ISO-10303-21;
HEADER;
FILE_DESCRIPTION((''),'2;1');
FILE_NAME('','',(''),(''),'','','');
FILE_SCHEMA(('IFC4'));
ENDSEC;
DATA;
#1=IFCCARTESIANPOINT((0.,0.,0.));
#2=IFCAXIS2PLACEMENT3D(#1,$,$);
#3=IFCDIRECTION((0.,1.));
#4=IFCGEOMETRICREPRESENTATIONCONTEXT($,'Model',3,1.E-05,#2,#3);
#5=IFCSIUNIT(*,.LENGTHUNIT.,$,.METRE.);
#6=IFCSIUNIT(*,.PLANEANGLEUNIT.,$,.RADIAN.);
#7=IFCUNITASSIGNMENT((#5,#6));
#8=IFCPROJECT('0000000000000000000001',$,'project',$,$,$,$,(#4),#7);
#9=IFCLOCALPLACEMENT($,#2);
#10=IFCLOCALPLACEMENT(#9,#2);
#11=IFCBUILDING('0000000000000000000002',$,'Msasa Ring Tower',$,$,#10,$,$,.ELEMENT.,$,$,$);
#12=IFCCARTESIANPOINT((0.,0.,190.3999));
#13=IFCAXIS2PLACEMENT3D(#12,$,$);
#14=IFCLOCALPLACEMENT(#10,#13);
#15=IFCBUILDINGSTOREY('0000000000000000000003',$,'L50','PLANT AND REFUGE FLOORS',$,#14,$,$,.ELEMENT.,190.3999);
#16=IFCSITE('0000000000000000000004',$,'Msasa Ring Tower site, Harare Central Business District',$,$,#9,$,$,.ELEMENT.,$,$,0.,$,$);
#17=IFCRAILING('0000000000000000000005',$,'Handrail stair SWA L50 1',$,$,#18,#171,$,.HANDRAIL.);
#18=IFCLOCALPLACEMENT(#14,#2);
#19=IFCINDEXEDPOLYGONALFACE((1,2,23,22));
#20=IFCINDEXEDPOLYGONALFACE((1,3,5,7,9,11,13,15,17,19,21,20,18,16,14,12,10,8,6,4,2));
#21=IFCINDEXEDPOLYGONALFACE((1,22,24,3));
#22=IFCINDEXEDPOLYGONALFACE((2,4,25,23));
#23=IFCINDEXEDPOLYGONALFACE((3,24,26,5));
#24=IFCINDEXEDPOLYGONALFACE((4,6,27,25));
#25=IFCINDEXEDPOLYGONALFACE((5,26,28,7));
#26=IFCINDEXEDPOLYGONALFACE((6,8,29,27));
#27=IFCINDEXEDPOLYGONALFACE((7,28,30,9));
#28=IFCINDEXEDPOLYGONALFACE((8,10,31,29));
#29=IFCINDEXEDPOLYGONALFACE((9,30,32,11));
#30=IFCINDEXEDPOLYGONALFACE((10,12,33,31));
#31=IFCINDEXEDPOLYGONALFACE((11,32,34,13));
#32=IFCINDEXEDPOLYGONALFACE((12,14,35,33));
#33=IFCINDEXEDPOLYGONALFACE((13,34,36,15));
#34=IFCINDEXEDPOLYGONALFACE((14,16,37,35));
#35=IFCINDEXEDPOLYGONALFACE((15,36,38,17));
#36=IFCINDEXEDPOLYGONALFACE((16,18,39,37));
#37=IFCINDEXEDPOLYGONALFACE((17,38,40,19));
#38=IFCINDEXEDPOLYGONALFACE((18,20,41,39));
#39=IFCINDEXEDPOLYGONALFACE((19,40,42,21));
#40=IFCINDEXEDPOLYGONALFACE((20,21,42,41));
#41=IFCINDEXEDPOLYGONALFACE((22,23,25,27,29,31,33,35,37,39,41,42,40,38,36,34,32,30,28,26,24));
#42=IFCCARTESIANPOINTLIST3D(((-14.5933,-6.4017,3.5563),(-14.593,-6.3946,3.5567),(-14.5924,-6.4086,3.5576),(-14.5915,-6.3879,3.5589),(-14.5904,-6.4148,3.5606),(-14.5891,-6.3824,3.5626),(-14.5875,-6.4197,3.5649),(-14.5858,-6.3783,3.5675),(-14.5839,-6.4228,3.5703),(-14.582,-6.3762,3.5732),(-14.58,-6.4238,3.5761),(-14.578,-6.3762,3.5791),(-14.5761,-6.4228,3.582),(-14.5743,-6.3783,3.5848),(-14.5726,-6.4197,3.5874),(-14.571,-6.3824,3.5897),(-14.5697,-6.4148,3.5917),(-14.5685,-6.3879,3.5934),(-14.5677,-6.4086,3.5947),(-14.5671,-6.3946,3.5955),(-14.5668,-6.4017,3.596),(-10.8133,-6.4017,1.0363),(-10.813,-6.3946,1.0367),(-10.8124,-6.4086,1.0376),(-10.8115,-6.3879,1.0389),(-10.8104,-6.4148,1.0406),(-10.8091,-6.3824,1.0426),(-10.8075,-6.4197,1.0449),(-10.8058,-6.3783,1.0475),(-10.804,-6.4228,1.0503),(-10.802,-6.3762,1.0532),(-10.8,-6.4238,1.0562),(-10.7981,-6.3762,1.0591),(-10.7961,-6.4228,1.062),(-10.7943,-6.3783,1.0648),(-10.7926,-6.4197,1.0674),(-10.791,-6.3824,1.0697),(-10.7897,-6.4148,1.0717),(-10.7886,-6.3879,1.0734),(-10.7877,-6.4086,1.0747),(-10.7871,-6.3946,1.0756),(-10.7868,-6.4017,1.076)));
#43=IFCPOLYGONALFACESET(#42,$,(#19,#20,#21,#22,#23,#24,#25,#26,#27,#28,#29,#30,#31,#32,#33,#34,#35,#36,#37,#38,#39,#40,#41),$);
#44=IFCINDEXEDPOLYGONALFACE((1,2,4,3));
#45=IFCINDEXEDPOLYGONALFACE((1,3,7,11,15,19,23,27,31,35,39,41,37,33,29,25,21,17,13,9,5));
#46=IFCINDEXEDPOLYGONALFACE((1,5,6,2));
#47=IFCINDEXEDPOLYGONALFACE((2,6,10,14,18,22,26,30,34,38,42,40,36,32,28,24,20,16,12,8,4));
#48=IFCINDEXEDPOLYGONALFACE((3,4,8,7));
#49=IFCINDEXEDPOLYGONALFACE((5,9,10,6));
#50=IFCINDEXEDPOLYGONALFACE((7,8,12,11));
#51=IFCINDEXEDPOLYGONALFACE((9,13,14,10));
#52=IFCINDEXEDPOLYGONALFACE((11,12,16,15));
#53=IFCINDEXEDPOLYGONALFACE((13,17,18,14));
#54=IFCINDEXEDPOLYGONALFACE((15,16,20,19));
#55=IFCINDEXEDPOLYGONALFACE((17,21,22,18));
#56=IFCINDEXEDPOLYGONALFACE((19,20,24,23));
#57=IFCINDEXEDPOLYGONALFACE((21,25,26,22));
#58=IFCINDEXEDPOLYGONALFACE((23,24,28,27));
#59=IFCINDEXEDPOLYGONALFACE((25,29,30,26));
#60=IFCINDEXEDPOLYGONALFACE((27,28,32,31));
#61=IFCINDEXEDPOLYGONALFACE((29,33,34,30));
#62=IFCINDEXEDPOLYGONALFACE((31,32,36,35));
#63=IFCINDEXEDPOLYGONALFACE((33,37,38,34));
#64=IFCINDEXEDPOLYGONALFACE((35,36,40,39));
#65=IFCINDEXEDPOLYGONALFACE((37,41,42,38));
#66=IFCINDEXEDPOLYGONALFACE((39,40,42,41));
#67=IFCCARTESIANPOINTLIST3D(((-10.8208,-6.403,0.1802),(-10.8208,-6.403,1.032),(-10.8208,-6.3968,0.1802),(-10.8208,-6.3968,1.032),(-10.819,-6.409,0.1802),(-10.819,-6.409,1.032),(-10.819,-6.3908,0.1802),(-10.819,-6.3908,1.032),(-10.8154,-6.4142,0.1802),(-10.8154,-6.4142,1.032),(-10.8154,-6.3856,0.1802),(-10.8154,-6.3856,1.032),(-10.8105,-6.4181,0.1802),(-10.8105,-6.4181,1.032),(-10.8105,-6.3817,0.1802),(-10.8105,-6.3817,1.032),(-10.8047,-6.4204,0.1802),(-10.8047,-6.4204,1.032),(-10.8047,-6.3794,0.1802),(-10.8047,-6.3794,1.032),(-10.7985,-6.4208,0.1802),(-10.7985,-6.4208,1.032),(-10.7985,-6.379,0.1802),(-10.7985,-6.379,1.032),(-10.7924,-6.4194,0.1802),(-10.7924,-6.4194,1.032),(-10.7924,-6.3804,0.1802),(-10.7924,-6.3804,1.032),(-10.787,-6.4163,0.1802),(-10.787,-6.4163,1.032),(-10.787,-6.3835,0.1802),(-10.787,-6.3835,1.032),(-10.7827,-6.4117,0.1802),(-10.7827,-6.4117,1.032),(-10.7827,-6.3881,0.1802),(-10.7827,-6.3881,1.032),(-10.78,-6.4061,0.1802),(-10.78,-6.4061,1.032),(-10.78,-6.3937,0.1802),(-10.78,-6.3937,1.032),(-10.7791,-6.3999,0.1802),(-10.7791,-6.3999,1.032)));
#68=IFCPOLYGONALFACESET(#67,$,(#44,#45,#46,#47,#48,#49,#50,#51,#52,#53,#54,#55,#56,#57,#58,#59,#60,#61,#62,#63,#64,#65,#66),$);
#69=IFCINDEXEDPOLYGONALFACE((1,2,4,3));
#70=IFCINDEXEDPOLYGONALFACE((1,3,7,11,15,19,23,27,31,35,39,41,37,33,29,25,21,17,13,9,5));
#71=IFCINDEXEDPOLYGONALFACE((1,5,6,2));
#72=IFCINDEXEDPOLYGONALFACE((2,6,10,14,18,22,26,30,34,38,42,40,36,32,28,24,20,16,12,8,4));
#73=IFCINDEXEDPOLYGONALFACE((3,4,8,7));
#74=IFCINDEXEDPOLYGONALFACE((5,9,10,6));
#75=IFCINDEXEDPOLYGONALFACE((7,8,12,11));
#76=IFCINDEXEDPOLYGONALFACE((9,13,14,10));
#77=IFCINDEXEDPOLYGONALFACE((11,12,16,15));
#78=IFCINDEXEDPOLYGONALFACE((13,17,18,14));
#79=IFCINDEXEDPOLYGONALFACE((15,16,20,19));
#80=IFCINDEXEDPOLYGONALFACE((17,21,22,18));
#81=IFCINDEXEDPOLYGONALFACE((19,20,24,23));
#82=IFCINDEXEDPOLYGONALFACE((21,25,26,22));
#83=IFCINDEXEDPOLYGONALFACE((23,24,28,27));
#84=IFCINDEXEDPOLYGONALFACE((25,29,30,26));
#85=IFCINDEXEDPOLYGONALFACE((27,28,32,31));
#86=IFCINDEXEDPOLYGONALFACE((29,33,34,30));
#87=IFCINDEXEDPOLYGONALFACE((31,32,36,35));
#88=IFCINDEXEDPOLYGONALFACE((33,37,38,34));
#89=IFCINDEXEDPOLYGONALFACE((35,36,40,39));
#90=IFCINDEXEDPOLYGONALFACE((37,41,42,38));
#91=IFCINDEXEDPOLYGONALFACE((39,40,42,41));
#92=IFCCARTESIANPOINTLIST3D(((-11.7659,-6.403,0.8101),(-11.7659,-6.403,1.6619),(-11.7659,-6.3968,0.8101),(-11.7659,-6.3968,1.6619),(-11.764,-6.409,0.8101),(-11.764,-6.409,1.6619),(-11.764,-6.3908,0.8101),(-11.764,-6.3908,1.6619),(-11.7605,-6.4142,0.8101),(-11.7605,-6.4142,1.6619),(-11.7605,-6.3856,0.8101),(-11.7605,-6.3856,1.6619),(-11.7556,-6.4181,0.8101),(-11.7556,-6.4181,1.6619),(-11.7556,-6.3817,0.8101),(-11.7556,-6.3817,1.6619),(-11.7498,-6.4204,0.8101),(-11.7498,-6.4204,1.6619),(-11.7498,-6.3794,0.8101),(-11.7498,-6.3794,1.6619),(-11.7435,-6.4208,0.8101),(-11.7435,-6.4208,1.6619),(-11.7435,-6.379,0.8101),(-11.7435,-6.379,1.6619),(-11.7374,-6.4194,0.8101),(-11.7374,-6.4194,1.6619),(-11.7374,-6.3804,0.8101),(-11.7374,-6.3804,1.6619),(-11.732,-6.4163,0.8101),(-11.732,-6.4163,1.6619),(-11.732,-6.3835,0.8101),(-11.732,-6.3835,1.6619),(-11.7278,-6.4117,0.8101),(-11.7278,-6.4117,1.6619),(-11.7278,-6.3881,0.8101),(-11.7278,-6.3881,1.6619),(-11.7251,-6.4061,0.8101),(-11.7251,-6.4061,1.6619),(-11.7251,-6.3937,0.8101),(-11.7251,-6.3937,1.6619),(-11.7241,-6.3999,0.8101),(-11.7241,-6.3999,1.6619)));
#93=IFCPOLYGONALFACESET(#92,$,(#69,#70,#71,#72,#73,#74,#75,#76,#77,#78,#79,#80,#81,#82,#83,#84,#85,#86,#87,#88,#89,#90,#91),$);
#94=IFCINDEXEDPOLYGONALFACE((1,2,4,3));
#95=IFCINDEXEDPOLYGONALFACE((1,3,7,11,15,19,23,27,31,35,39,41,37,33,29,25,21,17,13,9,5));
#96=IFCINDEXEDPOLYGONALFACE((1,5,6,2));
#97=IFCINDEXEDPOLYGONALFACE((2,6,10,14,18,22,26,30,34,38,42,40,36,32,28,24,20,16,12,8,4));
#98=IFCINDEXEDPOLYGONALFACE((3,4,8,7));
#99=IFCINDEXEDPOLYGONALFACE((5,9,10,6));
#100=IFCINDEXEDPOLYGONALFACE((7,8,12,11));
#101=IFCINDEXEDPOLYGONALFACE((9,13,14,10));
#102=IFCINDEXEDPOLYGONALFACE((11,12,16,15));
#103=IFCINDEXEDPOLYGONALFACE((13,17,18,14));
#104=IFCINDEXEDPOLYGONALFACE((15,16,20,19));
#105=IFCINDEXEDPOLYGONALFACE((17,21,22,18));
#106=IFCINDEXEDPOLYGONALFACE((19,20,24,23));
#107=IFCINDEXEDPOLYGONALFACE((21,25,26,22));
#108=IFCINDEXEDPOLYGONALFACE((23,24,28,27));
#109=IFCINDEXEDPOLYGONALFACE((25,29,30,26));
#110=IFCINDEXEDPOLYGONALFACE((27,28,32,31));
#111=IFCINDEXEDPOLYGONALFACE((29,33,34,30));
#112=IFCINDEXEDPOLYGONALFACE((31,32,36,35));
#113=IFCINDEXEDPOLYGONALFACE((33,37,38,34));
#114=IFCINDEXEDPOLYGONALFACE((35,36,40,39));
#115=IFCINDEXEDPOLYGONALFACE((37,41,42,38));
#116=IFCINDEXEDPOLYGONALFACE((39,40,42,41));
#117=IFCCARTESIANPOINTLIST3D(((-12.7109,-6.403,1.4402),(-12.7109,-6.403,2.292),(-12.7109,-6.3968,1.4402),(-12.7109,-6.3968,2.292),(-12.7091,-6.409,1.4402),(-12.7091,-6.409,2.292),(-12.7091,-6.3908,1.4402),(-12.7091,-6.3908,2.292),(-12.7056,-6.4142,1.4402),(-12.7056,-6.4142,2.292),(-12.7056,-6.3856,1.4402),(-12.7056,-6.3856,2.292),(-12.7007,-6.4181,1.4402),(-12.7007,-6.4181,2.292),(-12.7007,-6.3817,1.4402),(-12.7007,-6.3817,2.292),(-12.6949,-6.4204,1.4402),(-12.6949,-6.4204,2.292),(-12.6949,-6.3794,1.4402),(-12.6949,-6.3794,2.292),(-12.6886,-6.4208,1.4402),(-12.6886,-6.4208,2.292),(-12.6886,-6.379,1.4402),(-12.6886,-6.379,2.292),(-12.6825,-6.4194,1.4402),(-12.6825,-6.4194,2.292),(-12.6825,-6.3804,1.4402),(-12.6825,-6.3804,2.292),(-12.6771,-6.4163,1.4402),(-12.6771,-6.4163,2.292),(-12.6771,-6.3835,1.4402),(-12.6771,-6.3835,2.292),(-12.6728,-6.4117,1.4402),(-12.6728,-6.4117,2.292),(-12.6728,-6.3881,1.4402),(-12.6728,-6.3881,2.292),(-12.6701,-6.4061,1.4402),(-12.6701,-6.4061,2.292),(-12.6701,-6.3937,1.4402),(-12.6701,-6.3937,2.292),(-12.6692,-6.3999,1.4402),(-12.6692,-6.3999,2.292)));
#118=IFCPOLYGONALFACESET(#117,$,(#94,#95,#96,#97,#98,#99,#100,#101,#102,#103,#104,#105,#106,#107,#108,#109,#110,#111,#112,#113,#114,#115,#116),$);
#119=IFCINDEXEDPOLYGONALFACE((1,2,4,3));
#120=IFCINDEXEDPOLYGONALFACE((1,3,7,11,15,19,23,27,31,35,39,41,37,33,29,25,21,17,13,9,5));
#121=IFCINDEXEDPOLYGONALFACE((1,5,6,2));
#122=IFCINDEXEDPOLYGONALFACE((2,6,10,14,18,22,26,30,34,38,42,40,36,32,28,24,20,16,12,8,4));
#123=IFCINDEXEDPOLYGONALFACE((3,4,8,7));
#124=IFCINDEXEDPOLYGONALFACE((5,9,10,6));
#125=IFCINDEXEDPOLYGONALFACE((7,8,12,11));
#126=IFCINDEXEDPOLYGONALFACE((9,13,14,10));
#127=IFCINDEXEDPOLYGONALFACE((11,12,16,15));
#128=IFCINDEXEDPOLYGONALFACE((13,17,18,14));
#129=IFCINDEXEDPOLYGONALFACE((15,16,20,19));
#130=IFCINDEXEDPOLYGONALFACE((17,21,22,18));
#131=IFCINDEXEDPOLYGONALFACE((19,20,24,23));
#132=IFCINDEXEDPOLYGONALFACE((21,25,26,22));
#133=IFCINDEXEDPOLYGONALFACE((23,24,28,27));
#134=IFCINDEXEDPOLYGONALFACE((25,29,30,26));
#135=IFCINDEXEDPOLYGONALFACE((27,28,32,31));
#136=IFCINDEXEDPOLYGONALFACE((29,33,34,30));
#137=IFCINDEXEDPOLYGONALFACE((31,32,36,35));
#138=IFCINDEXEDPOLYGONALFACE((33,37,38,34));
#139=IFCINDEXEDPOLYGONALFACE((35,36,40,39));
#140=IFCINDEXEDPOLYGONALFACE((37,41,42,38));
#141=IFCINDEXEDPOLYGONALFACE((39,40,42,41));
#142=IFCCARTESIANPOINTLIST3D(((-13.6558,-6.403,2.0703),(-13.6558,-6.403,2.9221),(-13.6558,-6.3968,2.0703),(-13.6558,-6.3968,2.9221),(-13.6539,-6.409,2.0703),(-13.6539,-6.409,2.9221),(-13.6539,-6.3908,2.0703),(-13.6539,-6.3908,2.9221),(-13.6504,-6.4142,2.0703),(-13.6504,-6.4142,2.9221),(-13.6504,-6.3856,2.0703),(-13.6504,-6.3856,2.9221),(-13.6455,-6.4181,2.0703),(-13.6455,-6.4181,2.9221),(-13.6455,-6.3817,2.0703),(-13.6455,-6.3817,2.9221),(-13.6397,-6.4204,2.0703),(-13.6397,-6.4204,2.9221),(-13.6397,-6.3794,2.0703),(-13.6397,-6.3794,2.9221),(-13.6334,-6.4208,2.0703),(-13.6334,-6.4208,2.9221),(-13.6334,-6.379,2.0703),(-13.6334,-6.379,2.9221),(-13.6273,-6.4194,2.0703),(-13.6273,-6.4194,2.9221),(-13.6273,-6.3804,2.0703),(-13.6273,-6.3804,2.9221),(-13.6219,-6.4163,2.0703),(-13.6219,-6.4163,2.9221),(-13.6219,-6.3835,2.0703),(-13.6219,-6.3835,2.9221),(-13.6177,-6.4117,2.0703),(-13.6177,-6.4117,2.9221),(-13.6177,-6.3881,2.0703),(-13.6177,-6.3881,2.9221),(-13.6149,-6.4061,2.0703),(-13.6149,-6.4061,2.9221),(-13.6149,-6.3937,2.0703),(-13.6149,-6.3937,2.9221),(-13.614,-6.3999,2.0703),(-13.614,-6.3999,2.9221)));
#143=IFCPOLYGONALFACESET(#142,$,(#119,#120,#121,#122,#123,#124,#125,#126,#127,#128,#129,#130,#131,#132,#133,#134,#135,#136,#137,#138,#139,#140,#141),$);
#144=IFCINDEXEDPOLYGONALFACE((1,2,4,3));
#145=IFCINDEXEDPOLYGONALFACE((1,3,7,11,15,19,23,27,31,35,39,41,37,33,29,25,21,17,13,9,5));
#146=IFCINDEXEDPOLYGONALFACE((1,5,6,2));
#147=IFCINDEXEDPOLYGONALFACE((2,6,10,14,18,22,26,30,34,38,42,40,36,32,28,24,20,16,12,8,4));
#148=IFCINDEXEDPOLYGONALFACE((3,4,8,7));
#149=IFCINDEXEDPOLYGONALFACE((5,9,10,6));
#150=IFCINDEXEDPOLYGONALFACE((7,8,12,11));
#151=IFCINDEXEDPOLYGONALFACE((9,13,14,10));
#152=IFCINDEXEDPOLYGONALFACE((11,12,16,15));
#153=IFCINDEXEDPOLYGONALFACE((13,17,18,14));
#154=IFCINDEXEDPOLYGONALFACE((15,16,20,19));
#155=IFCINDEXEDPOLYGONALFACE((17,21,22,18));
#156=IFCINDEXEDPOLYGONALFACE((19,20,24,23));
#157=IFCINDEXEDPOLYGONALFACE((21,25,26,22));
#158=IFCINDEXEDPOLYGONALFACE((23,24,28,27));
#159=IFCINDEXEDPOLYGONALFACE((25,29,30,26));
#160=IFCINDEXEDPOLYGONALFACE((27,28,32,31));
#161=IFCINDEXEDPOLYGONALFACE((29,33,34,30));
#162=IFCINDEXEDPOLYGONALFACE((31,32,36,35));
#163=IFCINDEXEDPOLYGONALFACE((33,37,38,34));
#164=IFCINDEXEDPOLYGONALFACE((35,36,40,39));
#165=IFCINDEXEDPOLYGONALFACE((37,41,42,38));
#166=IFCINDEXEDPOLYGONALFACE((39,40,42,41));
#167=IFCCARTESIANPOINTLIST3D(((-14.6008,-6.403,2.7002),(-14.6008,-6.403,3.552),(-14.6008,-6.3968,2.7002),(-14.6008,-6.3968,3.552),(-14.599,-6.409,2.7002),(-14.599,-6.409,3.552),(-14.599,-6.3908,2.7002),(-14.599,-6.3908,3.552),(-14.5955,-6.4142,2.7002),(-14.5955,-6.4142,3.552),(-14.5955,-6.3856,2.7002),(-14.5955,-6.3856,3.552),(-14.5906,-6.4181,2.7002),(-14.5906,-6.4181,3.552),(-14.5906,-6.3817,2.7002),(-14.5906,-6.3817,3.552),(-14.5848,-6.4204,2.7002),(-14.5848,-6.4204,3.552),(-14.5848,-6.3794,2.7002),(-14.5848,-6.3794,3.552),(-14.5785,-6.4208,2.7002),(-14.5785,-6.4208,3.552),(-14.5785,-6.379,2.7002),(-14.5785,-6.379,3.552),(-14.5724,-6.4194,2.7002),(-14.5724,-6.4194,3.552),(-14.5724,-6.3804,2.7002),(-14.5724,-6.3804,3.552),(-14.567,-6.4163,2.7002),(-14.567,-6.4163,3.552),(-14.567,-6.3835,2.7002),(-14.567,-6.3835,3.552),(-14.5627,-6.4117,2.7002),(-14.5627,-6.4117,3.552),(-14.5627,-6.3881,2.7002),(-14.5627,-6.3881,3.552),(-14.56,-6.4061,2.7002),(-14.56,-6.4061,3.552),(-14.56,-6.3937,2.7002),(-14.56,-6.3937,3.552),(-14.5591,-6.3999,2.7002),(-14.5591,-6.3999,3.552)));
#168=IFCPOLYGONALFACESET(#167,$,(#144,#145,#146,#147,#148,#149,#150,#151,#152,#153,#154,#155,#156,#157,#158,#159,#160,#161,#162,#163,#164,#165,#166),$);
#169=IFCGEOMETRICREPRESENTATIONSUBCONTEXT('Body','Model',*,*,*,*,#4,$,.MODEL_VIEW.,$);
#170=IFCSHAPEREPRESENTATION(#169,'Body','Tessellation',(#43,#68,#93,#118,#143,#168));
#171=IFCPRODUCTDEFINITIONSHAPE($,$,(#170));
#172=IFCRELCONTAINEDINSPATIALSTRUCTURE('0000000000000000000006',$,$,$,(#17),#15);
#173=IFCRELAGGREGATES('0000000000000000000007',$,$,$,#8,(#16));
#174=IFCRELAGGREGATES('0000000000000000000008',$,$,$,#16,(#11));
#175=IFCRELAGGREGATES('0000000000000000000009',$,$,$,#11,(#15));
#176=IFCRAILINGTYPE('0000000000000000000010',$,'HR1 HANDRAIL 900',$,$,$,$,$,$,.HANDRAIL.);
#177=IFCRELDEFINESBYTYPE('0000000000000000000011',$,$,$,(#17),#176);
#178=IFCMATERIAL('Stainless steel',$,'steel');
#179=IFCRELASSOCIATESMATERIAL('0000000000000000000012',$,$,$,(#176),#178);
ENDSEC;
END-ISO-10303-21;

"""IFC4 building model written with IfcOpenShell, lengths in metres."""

from ifc_helpers import new_model, si_unit, direction, frame, origin, origin_2d, place, context, subcontext, project, spatial, circle, extrude, material, type_object, element, save


model = new_model("IFC4")

# Units and contexts
model_context = context("Model", 3, precision=1e-05, world=origin(), true_north=direction((0.0, 1.0)))
body_context = subcontext(model_context, "Body", "Model", "MODEL_VIEW")
ifc_project = project(units=[si_unit("LENGTHUNIT", "METRE"), si_unit("PLANEANGLEUNIT", "RADIAN")], contexts=[model_context])

# Site, building, storey
site_placement = place(None, origin())
site = spatial("IfcSite", under=ifc_project, at=site_placement, Name="Msasa Ring Tower site, Harare Central Business District", CompositionType="ELEMENT", RefElevation=0.0)
building_placement = place(site_placement, origin())
building = spatial("IfcBuilding", under=site, at=building_placement, Name="Msasa Ring Tower", CompositionType="ELEMENT")
storey_placement = place(building_placement, frame((0.0, 0.0, 190.3999)))
storey = spatial("IfcBuildingStorey", under=building, at=storey_placement, Name="L50", Description="PLANT AND REFUGE FLOORS", CompositionType="ELEMENT", Elevation=190.3999)

# Railing
ifc_material_1 = material(Name="Stainless steel", Category="steel")
railing_type_1 = type_object("IfcRailingType", Name="HR1 HANDRAIL 900", PredefinedType="HANDRAIL", material=ifc_material_1)
for number, where, name in (
    (1, (-10.8, -6.3999, 0.1802), "Handrail stair SWA L50 1"),
):
    element("IfcRailing", number, at=place(storey_placement, frame(where)), inside=storey, type_object=railing_type_1, Name=name, PredefinedType="HANDRAIL", context=body_context, shape_type="SweptSolid", body=[
        extrude(circle(Radius=0.0239, at=origin_2d()), frame((0.0, 0.0, 0.876), z_axis=(-0.83205, 0.0, 0.5547), x_axis=(0.0, -1.0, 0.0)), (0.0, 0.0, 1.0), 4.543),
        extrude(circle(Radius=0.021, at=origin_2d()), origin(), (0.0, 0.0, 1.0), 0.8518),
        extrude(circle(Radius=0.021, at=origin_2d()), frame((-0.9451, 0.0, 0.6299)), (0.0, 0.0, 1.0), 0.8518),
        extrude(circle(Radius=0.021, at=origin_2d()), frame((-1.8901, 0.0, 1.26)), (0.0, 0.0, 1.0), 0.8518),
        extrude(circle(Radius=0.021, at=origin_2d()), frame((-2.835, 0.0, 1.8901)), (0.0, 0.0, 1.0), 0.8518),
        extrude(circle(Radius=0.021, at=origin_2d()), frame((-3.78, 0.0, 2.52)), (0.0, 0.0, 1.0), 0.8518),
    ])

save(model, "model.ifc")
